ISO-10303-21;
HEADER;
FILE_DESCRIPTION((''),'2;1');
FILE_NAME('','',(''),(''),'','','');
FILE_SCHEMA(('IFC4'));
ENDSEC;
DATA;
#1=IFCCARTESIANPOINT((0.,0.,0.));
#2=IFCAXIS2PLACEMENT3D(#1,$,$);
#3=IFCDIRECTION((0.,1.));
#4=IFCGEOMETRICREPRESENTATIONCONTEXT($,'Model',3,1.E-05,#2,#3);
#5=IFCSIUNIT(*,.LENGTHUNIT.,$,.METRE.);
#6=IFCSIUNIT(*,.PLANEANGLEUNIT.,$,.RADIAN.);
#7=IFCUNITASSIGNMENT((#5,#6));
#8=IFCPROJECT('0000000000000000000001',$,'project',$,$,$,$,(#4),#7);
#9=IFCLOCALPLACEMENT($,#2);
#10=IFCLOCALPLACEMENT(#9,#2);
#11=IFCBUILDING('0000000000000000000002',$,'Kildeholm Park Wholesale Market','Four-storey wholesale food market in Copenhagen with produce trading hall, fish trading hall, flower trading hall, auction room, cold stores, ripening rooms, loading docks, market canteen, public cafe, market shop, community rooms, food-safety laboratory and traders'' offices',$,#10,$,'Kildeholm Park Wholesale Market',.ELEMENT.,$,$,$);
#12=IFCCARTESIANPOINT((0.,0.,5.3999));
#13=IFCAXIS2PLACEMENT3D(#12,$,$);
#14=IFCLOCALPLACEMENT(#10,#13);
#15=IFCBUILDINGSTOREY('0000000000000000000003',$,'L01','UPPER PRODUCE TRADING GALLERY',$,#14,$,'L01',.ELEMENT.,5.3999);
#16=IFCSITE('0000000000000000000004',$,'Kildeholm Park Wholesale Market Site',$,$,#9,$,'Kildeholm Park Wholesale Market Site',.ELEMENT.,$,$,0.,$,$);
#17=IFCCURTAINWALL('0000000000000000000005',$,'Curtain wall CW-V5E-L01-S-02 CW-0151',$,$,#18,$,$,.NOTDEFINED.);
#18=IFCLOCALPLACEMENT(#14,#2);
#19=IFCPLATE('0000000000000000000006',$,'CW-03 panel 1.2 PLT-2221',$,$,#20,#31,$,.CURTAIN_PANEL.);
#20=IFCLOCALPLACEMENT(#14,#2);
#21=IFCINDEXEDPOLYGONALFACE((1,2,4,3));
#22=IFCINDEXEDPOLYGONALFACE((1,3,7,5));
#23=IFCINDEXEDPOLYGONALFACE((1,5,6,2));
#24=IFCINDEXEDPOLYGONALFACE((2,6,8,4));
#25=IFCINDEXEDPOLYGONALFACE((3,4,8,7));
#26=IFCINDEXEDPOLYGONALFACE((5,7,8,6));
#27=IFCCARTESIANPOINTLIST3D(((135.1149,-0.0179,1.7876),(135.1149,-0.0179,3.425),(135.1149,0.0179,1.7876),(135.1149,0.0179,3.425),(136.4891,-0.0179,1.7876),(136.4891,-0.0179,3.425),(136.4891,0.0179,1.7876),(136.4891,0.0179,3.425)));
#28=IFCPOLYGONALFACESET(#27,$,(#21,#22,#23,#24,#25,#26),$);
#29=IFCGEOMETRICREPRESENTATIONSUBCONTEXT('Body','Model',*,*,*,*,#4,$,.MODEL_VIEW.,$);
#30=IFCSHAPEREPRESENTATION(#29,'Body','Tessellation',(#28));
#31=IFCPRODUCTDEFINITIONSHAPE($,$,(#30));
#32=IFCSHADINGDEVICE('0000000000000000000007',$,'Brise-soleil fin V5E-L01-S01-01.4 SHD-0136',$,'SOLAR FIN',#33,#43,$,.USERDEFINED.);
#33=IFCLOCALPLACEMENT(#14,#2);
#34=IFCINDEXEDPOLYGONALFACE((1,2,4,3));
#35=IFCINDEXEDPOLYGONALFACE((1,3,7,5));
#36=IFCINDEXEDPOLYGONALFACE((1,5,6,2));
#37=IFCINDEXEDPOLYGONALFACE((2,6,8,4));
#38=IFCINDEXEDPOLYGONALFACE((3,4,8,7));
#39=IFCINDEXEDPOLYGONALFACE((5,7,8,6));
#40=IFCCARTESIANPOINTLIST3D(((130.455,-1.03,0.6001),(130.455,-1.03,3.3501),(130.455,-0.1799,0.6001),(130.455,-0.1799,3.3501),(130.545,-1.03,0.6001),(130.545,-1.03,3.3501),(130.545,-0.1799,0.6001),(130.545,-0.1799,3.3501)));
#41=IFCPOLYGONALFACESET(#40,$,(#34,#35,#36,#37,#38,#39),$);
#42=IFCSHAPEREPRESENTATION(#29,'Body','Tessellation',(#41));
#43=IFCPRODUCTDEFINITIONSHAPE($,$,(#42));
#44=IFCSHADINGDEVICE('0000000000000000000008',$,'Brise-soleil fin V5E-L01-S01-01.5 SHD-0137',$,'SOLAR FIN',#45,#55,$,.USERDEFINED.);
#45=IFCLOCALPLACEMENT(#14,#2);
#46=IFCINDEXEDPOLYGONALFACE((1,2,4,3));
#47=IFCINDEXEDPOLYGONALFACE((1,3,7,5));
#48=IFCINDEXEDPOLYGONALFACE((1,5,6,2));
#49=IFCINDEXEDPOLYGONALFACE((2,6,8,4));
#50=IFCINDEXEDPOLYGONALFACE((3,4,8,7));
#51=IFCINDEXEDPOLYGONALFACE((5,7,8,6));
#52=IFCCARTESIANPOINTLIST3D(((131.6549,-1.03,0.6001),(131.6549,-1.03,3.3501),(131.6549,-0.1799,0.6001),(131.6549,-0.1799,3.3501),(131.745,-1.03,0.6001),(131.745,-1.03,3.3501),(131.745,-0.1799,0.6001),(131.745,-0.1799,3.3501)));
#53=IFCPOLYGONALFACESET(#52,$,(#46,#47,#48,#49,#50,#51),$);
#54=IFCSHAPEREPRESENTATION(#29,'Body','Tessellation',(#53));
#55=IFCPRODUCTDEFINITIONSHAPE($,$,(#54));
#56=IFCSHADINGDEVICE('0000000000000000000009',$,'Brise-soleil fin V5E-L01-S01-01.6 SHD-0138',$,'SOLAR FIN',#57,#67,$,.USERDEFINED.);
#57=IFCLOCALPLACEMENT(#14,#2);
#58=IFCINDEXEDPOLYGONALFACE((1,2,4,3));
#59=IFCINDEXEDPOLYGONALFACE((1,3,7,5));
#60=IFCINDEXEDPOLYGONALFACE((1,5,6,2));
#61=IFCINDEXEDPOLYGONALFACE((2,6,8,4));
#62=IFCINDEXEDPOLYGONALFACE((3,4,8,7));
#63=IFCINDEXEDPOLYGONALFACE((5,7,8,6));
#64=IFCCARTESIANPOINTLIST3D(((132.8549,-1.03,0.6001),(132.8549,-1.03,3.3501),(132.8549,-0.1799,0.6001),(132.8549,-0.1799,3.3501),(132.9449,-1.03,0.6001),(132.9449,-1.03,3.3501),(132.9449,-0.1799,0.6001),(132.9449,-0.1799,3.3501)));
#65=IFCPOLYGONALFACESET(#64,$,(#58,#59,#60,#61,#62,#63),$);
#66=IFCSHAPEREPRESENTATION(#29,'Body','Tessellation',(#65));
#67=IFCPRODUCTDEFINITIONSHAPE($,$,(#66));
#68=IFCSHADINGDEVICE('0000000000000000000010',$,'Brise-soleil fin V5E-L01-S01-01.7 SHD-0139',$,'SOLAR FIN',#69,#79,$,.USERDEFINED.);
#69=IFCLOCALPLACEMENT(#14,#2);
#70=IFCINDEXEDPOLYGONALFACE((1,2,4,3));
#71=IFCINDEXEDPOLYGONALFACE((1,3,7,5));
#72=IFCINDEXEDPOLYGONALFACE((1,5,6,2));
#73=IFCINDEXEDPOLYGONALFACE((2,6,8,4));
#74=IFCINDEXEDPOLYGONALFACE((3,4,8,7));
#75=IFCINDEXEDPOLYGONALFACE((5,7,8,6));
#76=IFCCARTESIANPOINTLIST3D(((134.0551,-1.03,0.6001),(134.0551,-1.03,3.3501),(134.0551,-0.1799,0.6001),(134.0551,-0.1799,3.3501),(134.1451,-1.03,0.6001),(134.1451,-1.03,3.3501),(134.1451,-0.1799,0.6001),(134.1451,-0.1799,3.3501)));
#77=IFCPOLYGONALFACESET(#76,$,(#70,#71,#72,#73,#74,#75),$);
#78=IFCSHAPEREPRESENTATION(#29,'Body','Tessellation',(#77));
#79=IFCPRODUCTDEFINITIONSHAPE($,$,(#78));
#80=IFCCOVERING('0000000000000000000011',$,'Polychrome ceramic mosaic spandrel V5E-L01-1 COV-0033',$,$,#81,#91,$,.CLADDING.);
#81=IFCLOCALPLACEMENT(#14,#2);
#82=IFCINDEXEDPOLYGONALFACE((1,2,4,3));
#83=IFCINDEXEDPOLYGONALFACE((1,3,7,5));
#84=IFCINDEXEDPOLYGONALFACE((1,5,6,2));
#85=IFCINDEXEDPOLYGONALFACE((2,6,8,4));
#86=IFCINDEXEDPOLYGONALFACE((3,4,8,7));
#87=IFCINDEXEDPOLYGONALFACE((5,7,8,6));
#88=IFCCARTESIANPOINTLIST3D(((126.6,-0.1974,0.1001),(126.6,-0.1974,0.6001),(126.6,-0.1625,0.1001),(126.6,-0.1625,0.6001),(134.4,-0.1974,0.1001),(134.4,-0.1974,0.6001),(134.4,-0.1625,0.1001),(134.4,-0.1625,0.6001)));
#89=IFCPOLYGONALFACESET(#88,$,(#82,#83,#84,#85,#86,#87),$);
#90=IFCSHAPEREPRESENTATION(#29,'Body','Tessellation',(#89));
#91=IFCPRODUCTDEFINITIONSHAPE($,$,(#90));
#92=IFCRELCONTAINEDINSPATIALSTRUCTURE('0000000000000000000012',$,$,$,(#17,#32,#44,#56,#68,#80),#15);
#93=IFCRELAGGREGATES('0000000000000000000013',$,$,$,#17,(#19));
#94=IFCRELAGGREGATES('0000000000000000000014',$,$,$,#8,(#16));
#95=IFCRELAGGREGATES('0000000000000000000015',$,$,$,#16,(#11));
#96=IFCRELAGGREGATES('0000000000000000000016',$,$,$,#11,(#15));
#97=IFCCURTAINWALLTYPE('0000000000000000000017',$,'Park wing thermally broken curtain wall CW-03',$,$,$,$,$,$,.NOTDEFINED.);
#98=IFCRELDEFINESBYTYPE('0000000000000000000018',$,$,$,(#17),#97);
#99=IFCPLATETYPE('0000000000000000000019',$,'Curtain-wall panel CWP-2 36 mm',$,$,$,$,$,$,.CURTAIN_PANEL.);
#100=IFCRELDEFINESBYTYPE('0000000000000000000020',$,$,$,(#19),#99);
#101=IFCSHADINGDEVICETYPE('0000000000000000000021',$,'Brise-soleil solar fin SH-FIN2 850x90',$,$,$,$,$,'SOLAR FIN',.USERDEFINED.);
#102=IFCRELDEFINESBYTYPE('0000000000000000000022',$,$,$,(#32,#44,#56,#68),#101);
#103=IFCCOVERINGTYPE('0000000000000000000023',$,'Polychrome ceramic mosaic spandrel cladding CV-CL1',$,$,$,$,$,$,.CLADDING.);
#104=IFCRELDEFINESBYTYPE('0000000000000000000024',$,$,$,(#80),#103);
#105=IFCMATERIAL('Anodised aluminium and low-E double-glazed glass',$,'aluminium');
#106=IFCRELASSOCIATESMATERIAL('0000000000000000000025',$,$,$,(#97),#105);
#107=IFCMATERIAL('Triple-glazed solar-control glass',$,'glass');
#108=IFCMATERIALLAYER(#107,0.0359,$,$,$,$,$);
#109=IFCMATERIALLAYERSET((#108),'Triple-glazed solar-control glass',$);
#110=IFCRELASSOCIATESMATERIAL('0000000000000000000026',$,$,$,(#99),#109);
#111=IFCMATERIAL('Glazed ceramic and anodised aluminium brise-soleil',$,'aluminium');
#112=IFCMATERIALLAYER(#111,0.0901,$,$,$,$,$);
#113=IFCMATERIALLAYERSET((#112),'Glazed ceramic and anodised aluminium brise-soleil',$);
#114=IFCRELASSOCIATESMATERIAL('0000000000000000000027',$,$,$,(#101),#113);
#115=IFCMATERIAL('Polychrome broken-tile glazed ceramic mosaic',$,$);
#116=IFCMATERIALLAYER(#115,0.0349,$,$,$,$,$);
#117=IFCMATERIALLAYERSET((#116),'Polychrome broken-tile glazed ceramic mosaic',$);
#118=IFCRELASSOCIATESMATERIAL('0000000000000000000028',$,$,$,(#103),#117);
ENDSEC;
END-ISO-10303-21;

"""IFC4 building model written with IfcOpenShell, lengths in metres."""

from ifc_helpers import new_model, si_unit, direction, frame, origin, origin_2d, place, context, subcontext, project, spatial, rectangle, extrude, material, layer, layer_set, type_object, element, aggregate, save


model = new_model("IFC4")

# Units and contexts
model_context = context("Model", 3, precision=1e-05, world=origin(), true_north=direction((0.0, 1.0)))
body_context = subcontext(model_context, "Body", "Model", "MODEL_VIEW")
ifc_project = project(units=[si_unit("LENGTHUNIT", "METRE"), si_unit("PLANEANGLEUNIT", "RADIAN")], contexts=[model_context])

# Site, building, storey
site_placement = place(None, origin())
site = spatial("IfcSite", under=ifc_project, at=site_placement, Name="Kildeholm Park Wholesale Market Site", LongName="Kildeholm Park Wholesale Market Site", CompositionType="ELEMENT", RefElevation=0.0)
building_placement = place(site_placement, origin())
building = spatial("IfcBuilding", under=site, at=building_placement, Name="Kildeholm Park Wholesale Market", Description="Four-storey wholesale food market in Copenhagen with produce trading hall, fish trading hall, flower trading hall, auction room, cold stores, ripening rooms, loading docks, market canteen, public cafe, market shop, community rooms, food-safety laboratory and traders' offices", LongName="Kildeholm Park Wholesale Market", CompositionType="ELEMENT")
storey_placement = place(building_placement, frame((0.0, 0.0, 5.3999)))
storey = spatial("IfcBuildingStorey", under=building, at=storey_placement, Name="L01", Description="UPPER PRODUCE TRADING GALLERY", LongName="L01", CompositionType="ELEMENT", Elevation=5.3999)

# Curtain wall, plate
ifc_material_1 = material(Name="Anodised aluminium and low-E double-glazed glass", Category="aluminium")
curtain_wall_type = type_object("IfcCurtainWallType", Name="Park wing thermally broken curtain wall CW-03", PredefinedType="NOTDEFINED", material=ifc_material_1)
curtain_wall_placement = place(storey_placement, origin())
curtain_wall = element("IfcCurtainWall", 1, at=curtain_wall_placement, inside=storey, type_object=curtain_wall_type, Name="Curtain wall CW-V5E-L01-S-02 CW-0151", PredefinedType="NOTDEFINED")
ifc_material_2 = material(Name="Triple-glazed solar-control glass", Category="glass")
ifc_layer_1 = layer(ifc_material_2, 0.0359)
ifc_layer_set_1 = layer_set([ifc_layer_1], Name="Triple-glazed solar-control glass")
plate_type = type_object("IfcPlateType", Name="Curtain-wall panel CWP-2 36 mm", PredefinedType="CURTAIN_PANEL", material=ifc_layer_set_1)
plate_1_placement = place(storey_placement, frame((135.802, 0.0, 1.7876), z_axis=(0.0, 0.0, 1.0), x_axis=(1.0, 0.0, 0.0)))
plate_1 = element("IfcPlate", 2, at=plate_1_placement, type_object=plate_type, Name="CW-03 panel 1.2 PLT-2221", PredefinedType="CURTAIN_PANEL", context=body_context, shape_type="SweptSolid", body=[
    extrude(rectangle(XDim=1.3743, YDim=0.0359, at=origin_2d()), origin(), (0.0, 0.0, 1.0), 1.6375),
])
aggregate(curtain_wall, [plate_1])

# Shading devices
ifc_material_3 = material(Name="Glazed ceramic and anodised aluminium brise-soleil", Category="aluminium")
ifc_layer_2 = layer(ifc_material_3, 0.0901)
ifc_layer_set_2 = layer_set([ifc_layer_2], Name="Glazed ceramic and anodised aluminium brise-soleil")
shading_device_type = type_object("IfcShadingDeviceType", Name="Brise-soleil solar fin SH-FIN2 850x90", ElementType="SOLAR FIN", PredefinedType="USERDEFINED", material=ifc_layer_set_2)
for number, where, z_axis, x_axis, name in (
    (3, (130.5, -0.605, 0.6001), (0.0, 0.0, 1.0), (0.0, -1.0, 0.0), "Brise-soleil fin V5E-L01-S01-01.4 SHD-0136"),
    (4, (131.7, -0.605, 0.6001), (0.0, 0.0, 1.0), (0.0, -1.0, 0.0), "Brise-soleil fin V5E-L01-S01-01.5 SHD-0137"),
    (5, (132.8999, -0.605, 0.6001), (0.0, 0.0, 1.0), (0.0, -1.0, 0.0), "Brise-soleil fin V5E-L01-S01-01.6 SHD-0138"),
    (6, (134.1001, -0.605, 0.6001), (0.0, 0.0, 1.0), (0.0, -1.0, 0.0), "Brise-soleil fin V5E-L01-S01-01.7 SHD-0139"),
):
    element("IfcShadingDevice", number, at=place(storey_placement, frame(where, z_axis=z_axis, x_axis=x_axis)), inside=storey, type_object=shading_device_type, Name=name, ObjectType="SOLAR FIN", PredefinedType="USERDEFINED", context=body_context, shape_type="SweptSolid", body=[
        extrude(rectangle(XDim=0.8501, YDim=0.0901, at=origin_2d()), origin(), (0.0, 0.0, 1.0), 2.75),
    ])

# Covering
ifc_material_4 = material(Name="Polychrome broken-tile glazed ceramic mosaic")
ifc_layer_3 = layer(ifc_material_4, 0.0349)
ifc_layer_set_3 = layer_set([ifc_layer_3], Name="Polychrome broken-tile glazed ceramic mosaic")
covering_type = type_object("IfcCoveringType", Name="Polychrome ceramic mosaic spandrel cladding CV-CL1", PredefinedType="CLADDING", material=ifc_layer_set_3)
covering_placement = place(storey_placement, frame((130.5, -0.1799, 0.1001), z_axis=(0.0, 0.0, 1.0), x_axis=(1.0, 0.0, 0.0)))
element("IfcCovering", 7, at=covering_placement, inside=storey, type_object=covering_type, Name="Polychrome ceramic mosaic spandrel V5E-L01-1 COV-0033", PredefinedType="CLADDING", context=body_context, shape_type="SweptSolid", body=[
    extrude(rectangle(XDim=7.8, YDim=0.0349, at=origin_2d()), origin(), (0.0, 0.0, 1.0), 0.5),
])

save(model, "model.ifc")
